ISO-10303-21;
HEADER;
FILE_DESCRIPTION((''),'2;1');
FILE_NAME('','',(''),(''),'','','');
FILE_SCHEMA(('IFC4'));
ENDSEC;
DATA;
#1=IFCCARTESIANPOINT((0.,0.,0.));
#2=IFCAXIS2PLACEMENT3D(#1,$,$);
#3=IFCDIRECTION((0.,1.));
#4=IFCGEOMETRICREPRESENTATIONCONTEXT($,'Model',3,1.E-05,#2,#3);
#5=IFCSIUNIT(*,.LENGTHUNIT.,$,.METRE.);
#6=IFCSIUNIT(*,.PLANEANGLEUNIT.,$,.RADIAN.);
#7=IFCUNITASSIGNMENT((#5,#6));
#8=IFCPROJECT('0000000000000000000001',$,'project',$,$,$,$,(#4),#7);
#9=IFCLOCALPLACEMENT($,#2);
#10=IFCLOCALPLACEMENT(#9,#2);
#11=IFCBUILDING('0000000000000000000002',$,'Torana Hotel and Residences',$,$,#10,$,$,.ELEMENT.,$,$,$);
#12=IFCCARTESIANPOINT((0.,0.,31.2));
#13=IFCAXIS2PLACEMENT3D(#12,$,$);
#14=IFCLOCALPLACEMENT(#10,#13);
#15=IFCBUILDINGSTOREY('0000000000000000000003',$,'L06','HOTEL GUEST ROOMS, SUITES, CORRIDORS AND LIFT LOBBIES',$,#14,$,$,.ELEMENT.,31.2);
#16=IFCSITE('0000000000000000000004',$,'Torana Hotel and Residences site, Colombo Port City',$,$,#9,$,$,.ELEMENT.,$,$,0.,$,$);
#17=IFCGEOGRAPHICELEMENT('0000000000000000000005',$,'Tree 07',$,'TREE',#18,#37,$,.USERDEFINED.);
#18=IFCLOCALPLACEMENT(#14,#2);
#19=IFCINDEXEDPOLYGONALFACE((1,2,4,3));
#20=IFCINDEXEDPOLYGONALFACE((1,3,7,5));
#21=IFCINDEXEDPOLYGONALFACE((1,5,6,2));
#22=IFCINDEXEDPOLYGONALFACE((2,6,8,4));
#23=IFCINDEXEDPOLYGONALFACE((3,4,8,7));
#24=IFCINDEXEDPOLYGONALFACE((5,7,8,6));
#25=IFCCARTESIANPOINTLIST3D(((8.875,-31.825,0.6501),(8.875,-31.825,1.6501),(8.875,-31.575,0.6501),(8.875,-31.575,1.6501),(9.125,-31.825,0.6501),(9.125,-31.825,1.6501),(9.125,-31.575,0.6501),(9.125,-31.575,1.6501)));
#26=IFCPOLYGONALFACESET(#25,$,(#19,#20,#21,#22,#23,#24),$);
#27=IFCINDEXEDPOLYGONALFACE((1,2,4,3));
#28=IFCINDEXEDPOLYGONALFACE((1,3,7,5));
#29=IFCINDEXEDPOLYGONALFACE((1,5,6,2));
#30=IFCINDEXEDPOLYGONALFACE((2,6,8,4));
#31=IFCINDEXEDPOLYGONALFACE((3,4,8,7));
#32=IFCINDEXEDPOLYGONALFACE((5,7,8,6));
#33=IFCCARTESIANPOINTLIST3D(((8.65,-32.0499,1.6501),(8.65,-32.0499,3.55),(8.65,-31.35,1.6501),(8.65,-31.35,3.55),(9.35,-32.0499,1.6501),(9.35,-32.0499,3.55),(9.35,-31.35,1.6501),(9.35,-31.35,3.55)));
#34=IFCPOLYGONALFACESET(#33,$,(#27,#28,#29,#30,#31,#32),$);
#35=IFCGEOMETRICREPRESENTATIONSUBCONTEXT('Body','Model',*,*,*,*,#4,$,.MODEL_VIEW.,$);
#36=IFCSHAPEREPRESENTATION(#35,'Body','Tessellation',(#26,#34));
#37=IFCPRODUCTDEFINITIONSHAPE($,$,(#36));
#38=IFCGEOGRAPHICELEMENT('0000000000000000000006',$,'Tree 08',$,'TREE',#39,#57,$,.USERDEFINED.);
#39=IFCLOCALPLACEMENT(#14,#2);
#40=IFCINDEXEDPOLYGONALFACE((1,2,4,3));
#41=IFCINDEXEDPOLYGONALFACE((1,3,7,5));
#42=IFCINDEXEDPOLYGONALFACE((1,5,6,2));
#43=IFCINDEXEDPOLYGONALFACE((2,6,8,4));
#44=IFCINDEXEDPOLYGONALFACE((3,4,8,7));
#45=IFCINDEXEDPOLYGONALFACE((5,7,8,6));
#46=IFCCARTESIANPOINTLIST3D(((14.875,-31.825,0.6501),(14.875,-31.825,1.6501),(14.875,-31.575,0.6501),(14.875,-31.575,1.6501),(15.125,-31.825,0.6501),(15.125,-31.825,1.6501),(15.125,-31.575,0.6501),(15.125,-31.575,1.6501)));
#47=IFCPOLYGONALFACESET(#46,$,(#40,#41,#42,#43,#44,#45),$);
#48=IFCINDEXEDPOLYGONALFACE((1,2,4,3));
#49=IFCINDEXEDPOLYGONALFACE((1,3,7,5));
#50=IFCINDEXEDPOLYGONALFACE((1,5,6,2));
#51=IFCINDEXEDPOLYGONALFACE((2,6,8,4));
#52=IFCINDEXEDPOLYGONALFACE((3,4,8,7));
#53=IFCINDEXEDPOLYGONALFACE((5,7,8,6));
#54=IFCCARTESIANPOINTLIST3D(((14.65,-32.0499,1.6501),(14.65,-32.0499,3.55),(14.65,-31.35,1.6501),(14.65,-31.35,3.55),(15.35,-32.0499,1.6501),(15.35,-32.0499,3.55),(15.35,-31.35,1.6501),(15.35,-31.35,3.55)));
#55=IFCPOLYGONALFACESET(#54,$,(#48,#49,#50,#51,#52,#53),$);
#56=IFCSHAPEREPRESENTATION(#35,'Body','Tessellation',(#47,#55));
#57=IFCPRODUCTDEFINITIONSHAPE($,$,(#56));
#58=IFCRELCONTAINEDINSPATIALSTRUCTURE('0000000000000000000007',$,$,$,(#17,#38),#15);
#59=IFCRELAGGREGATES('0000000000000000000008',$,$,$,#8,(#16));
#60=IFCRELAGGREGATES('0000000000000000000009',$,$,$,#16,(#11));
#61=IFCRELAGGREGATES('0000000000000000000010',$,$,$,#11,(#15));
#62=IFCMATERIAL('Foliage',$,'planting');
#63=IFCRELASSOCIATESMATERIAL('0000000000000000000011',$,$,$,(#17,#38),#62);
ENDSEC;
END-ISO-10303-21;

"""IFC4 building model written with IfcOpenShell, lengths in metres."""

from ifc_helpers import new_model, si_unit, direction, frame, origin, origin_2d, place, context, subcontext, project, spatial, rectangle, extrude, material, element, save


model = new_model("IFC4")

# Units and contexts
model_context = context("Model", 3, precision=1e-05, world=origin(), true_north=direction((0.0, 1.0)))
body_context = subcontext(model_context, "Body", "Model", "MODEL_VIEW")
ifc_project = project(units=[si_unit("LENGTHUNIT", "METRE"), si_unit("PLANEANGLEUNIT", "RADIAN")], contexts=[model_context])

# Site, building, storey
site_placement = place(None, origin())
site = spatial("IfcSite", under=ifc_project, at=site_placement, Name="Torana Hotel and Residences site, Colombo Port City", CompositionType="ELEMENT", RefElevation=0.0)
building_placement = place(site_placement, origin())
building = spatial("IfcBuilding", under=site, at=building_placement, Name="Torana Hotel and Residences", CompositionType="ELEMENT")
storey_placement = place(building_placement, frame((0.0, 0.0, 31.2)))
storey = spatial("IfcBuildingStorey", under=building, at=storey_placement, Name="L06", Description="HOTEL GUEST ROOMS, SUITES, CORRIDORS AND LIFT LOBBIES", CompositionType="ELEMENT", Elevation=31.2)

# Geographic elements
ifc_material_1 = material(Name="Foliage", Category="planting")
for number, where, z_axis, x_axis, name in (
    (1, (9.0, -31.7, 0.6501), (0.0, 0.0, 1.0), (1.0, 0.0, 0.0), "Tree 07"),
    (2, (15.0, -31.7, 0.6501), (0.0, 0.0, 1.0), (1.0, 0.0, 0.0), "Tree 08"),
):
    element("IfcGeographicElement", number, at=place(storey_placement, frame(where, z_axis=z_axis, x_axis=x_axis)), inside=storey, material=ifc_material_1, Name=name, ObjectType="TREE", PredefinedType="USERDEFINED", context=body_context, shape_type="SweptSolid", body=[
        extrude(rectangle(XDim=0.25, YDim=0.25, at=origin_2d()), origin(), (0.0, 0.0, 1.0), 1.0),
        extrude(rectangle(XDim=0.7, YDim=0.7, at=origin_2d()), frame((0.0, 0.0, 1.0)), (0.0, 0.0, 1.0), 1.8999),
    ])

save(model, "model.ifc")
